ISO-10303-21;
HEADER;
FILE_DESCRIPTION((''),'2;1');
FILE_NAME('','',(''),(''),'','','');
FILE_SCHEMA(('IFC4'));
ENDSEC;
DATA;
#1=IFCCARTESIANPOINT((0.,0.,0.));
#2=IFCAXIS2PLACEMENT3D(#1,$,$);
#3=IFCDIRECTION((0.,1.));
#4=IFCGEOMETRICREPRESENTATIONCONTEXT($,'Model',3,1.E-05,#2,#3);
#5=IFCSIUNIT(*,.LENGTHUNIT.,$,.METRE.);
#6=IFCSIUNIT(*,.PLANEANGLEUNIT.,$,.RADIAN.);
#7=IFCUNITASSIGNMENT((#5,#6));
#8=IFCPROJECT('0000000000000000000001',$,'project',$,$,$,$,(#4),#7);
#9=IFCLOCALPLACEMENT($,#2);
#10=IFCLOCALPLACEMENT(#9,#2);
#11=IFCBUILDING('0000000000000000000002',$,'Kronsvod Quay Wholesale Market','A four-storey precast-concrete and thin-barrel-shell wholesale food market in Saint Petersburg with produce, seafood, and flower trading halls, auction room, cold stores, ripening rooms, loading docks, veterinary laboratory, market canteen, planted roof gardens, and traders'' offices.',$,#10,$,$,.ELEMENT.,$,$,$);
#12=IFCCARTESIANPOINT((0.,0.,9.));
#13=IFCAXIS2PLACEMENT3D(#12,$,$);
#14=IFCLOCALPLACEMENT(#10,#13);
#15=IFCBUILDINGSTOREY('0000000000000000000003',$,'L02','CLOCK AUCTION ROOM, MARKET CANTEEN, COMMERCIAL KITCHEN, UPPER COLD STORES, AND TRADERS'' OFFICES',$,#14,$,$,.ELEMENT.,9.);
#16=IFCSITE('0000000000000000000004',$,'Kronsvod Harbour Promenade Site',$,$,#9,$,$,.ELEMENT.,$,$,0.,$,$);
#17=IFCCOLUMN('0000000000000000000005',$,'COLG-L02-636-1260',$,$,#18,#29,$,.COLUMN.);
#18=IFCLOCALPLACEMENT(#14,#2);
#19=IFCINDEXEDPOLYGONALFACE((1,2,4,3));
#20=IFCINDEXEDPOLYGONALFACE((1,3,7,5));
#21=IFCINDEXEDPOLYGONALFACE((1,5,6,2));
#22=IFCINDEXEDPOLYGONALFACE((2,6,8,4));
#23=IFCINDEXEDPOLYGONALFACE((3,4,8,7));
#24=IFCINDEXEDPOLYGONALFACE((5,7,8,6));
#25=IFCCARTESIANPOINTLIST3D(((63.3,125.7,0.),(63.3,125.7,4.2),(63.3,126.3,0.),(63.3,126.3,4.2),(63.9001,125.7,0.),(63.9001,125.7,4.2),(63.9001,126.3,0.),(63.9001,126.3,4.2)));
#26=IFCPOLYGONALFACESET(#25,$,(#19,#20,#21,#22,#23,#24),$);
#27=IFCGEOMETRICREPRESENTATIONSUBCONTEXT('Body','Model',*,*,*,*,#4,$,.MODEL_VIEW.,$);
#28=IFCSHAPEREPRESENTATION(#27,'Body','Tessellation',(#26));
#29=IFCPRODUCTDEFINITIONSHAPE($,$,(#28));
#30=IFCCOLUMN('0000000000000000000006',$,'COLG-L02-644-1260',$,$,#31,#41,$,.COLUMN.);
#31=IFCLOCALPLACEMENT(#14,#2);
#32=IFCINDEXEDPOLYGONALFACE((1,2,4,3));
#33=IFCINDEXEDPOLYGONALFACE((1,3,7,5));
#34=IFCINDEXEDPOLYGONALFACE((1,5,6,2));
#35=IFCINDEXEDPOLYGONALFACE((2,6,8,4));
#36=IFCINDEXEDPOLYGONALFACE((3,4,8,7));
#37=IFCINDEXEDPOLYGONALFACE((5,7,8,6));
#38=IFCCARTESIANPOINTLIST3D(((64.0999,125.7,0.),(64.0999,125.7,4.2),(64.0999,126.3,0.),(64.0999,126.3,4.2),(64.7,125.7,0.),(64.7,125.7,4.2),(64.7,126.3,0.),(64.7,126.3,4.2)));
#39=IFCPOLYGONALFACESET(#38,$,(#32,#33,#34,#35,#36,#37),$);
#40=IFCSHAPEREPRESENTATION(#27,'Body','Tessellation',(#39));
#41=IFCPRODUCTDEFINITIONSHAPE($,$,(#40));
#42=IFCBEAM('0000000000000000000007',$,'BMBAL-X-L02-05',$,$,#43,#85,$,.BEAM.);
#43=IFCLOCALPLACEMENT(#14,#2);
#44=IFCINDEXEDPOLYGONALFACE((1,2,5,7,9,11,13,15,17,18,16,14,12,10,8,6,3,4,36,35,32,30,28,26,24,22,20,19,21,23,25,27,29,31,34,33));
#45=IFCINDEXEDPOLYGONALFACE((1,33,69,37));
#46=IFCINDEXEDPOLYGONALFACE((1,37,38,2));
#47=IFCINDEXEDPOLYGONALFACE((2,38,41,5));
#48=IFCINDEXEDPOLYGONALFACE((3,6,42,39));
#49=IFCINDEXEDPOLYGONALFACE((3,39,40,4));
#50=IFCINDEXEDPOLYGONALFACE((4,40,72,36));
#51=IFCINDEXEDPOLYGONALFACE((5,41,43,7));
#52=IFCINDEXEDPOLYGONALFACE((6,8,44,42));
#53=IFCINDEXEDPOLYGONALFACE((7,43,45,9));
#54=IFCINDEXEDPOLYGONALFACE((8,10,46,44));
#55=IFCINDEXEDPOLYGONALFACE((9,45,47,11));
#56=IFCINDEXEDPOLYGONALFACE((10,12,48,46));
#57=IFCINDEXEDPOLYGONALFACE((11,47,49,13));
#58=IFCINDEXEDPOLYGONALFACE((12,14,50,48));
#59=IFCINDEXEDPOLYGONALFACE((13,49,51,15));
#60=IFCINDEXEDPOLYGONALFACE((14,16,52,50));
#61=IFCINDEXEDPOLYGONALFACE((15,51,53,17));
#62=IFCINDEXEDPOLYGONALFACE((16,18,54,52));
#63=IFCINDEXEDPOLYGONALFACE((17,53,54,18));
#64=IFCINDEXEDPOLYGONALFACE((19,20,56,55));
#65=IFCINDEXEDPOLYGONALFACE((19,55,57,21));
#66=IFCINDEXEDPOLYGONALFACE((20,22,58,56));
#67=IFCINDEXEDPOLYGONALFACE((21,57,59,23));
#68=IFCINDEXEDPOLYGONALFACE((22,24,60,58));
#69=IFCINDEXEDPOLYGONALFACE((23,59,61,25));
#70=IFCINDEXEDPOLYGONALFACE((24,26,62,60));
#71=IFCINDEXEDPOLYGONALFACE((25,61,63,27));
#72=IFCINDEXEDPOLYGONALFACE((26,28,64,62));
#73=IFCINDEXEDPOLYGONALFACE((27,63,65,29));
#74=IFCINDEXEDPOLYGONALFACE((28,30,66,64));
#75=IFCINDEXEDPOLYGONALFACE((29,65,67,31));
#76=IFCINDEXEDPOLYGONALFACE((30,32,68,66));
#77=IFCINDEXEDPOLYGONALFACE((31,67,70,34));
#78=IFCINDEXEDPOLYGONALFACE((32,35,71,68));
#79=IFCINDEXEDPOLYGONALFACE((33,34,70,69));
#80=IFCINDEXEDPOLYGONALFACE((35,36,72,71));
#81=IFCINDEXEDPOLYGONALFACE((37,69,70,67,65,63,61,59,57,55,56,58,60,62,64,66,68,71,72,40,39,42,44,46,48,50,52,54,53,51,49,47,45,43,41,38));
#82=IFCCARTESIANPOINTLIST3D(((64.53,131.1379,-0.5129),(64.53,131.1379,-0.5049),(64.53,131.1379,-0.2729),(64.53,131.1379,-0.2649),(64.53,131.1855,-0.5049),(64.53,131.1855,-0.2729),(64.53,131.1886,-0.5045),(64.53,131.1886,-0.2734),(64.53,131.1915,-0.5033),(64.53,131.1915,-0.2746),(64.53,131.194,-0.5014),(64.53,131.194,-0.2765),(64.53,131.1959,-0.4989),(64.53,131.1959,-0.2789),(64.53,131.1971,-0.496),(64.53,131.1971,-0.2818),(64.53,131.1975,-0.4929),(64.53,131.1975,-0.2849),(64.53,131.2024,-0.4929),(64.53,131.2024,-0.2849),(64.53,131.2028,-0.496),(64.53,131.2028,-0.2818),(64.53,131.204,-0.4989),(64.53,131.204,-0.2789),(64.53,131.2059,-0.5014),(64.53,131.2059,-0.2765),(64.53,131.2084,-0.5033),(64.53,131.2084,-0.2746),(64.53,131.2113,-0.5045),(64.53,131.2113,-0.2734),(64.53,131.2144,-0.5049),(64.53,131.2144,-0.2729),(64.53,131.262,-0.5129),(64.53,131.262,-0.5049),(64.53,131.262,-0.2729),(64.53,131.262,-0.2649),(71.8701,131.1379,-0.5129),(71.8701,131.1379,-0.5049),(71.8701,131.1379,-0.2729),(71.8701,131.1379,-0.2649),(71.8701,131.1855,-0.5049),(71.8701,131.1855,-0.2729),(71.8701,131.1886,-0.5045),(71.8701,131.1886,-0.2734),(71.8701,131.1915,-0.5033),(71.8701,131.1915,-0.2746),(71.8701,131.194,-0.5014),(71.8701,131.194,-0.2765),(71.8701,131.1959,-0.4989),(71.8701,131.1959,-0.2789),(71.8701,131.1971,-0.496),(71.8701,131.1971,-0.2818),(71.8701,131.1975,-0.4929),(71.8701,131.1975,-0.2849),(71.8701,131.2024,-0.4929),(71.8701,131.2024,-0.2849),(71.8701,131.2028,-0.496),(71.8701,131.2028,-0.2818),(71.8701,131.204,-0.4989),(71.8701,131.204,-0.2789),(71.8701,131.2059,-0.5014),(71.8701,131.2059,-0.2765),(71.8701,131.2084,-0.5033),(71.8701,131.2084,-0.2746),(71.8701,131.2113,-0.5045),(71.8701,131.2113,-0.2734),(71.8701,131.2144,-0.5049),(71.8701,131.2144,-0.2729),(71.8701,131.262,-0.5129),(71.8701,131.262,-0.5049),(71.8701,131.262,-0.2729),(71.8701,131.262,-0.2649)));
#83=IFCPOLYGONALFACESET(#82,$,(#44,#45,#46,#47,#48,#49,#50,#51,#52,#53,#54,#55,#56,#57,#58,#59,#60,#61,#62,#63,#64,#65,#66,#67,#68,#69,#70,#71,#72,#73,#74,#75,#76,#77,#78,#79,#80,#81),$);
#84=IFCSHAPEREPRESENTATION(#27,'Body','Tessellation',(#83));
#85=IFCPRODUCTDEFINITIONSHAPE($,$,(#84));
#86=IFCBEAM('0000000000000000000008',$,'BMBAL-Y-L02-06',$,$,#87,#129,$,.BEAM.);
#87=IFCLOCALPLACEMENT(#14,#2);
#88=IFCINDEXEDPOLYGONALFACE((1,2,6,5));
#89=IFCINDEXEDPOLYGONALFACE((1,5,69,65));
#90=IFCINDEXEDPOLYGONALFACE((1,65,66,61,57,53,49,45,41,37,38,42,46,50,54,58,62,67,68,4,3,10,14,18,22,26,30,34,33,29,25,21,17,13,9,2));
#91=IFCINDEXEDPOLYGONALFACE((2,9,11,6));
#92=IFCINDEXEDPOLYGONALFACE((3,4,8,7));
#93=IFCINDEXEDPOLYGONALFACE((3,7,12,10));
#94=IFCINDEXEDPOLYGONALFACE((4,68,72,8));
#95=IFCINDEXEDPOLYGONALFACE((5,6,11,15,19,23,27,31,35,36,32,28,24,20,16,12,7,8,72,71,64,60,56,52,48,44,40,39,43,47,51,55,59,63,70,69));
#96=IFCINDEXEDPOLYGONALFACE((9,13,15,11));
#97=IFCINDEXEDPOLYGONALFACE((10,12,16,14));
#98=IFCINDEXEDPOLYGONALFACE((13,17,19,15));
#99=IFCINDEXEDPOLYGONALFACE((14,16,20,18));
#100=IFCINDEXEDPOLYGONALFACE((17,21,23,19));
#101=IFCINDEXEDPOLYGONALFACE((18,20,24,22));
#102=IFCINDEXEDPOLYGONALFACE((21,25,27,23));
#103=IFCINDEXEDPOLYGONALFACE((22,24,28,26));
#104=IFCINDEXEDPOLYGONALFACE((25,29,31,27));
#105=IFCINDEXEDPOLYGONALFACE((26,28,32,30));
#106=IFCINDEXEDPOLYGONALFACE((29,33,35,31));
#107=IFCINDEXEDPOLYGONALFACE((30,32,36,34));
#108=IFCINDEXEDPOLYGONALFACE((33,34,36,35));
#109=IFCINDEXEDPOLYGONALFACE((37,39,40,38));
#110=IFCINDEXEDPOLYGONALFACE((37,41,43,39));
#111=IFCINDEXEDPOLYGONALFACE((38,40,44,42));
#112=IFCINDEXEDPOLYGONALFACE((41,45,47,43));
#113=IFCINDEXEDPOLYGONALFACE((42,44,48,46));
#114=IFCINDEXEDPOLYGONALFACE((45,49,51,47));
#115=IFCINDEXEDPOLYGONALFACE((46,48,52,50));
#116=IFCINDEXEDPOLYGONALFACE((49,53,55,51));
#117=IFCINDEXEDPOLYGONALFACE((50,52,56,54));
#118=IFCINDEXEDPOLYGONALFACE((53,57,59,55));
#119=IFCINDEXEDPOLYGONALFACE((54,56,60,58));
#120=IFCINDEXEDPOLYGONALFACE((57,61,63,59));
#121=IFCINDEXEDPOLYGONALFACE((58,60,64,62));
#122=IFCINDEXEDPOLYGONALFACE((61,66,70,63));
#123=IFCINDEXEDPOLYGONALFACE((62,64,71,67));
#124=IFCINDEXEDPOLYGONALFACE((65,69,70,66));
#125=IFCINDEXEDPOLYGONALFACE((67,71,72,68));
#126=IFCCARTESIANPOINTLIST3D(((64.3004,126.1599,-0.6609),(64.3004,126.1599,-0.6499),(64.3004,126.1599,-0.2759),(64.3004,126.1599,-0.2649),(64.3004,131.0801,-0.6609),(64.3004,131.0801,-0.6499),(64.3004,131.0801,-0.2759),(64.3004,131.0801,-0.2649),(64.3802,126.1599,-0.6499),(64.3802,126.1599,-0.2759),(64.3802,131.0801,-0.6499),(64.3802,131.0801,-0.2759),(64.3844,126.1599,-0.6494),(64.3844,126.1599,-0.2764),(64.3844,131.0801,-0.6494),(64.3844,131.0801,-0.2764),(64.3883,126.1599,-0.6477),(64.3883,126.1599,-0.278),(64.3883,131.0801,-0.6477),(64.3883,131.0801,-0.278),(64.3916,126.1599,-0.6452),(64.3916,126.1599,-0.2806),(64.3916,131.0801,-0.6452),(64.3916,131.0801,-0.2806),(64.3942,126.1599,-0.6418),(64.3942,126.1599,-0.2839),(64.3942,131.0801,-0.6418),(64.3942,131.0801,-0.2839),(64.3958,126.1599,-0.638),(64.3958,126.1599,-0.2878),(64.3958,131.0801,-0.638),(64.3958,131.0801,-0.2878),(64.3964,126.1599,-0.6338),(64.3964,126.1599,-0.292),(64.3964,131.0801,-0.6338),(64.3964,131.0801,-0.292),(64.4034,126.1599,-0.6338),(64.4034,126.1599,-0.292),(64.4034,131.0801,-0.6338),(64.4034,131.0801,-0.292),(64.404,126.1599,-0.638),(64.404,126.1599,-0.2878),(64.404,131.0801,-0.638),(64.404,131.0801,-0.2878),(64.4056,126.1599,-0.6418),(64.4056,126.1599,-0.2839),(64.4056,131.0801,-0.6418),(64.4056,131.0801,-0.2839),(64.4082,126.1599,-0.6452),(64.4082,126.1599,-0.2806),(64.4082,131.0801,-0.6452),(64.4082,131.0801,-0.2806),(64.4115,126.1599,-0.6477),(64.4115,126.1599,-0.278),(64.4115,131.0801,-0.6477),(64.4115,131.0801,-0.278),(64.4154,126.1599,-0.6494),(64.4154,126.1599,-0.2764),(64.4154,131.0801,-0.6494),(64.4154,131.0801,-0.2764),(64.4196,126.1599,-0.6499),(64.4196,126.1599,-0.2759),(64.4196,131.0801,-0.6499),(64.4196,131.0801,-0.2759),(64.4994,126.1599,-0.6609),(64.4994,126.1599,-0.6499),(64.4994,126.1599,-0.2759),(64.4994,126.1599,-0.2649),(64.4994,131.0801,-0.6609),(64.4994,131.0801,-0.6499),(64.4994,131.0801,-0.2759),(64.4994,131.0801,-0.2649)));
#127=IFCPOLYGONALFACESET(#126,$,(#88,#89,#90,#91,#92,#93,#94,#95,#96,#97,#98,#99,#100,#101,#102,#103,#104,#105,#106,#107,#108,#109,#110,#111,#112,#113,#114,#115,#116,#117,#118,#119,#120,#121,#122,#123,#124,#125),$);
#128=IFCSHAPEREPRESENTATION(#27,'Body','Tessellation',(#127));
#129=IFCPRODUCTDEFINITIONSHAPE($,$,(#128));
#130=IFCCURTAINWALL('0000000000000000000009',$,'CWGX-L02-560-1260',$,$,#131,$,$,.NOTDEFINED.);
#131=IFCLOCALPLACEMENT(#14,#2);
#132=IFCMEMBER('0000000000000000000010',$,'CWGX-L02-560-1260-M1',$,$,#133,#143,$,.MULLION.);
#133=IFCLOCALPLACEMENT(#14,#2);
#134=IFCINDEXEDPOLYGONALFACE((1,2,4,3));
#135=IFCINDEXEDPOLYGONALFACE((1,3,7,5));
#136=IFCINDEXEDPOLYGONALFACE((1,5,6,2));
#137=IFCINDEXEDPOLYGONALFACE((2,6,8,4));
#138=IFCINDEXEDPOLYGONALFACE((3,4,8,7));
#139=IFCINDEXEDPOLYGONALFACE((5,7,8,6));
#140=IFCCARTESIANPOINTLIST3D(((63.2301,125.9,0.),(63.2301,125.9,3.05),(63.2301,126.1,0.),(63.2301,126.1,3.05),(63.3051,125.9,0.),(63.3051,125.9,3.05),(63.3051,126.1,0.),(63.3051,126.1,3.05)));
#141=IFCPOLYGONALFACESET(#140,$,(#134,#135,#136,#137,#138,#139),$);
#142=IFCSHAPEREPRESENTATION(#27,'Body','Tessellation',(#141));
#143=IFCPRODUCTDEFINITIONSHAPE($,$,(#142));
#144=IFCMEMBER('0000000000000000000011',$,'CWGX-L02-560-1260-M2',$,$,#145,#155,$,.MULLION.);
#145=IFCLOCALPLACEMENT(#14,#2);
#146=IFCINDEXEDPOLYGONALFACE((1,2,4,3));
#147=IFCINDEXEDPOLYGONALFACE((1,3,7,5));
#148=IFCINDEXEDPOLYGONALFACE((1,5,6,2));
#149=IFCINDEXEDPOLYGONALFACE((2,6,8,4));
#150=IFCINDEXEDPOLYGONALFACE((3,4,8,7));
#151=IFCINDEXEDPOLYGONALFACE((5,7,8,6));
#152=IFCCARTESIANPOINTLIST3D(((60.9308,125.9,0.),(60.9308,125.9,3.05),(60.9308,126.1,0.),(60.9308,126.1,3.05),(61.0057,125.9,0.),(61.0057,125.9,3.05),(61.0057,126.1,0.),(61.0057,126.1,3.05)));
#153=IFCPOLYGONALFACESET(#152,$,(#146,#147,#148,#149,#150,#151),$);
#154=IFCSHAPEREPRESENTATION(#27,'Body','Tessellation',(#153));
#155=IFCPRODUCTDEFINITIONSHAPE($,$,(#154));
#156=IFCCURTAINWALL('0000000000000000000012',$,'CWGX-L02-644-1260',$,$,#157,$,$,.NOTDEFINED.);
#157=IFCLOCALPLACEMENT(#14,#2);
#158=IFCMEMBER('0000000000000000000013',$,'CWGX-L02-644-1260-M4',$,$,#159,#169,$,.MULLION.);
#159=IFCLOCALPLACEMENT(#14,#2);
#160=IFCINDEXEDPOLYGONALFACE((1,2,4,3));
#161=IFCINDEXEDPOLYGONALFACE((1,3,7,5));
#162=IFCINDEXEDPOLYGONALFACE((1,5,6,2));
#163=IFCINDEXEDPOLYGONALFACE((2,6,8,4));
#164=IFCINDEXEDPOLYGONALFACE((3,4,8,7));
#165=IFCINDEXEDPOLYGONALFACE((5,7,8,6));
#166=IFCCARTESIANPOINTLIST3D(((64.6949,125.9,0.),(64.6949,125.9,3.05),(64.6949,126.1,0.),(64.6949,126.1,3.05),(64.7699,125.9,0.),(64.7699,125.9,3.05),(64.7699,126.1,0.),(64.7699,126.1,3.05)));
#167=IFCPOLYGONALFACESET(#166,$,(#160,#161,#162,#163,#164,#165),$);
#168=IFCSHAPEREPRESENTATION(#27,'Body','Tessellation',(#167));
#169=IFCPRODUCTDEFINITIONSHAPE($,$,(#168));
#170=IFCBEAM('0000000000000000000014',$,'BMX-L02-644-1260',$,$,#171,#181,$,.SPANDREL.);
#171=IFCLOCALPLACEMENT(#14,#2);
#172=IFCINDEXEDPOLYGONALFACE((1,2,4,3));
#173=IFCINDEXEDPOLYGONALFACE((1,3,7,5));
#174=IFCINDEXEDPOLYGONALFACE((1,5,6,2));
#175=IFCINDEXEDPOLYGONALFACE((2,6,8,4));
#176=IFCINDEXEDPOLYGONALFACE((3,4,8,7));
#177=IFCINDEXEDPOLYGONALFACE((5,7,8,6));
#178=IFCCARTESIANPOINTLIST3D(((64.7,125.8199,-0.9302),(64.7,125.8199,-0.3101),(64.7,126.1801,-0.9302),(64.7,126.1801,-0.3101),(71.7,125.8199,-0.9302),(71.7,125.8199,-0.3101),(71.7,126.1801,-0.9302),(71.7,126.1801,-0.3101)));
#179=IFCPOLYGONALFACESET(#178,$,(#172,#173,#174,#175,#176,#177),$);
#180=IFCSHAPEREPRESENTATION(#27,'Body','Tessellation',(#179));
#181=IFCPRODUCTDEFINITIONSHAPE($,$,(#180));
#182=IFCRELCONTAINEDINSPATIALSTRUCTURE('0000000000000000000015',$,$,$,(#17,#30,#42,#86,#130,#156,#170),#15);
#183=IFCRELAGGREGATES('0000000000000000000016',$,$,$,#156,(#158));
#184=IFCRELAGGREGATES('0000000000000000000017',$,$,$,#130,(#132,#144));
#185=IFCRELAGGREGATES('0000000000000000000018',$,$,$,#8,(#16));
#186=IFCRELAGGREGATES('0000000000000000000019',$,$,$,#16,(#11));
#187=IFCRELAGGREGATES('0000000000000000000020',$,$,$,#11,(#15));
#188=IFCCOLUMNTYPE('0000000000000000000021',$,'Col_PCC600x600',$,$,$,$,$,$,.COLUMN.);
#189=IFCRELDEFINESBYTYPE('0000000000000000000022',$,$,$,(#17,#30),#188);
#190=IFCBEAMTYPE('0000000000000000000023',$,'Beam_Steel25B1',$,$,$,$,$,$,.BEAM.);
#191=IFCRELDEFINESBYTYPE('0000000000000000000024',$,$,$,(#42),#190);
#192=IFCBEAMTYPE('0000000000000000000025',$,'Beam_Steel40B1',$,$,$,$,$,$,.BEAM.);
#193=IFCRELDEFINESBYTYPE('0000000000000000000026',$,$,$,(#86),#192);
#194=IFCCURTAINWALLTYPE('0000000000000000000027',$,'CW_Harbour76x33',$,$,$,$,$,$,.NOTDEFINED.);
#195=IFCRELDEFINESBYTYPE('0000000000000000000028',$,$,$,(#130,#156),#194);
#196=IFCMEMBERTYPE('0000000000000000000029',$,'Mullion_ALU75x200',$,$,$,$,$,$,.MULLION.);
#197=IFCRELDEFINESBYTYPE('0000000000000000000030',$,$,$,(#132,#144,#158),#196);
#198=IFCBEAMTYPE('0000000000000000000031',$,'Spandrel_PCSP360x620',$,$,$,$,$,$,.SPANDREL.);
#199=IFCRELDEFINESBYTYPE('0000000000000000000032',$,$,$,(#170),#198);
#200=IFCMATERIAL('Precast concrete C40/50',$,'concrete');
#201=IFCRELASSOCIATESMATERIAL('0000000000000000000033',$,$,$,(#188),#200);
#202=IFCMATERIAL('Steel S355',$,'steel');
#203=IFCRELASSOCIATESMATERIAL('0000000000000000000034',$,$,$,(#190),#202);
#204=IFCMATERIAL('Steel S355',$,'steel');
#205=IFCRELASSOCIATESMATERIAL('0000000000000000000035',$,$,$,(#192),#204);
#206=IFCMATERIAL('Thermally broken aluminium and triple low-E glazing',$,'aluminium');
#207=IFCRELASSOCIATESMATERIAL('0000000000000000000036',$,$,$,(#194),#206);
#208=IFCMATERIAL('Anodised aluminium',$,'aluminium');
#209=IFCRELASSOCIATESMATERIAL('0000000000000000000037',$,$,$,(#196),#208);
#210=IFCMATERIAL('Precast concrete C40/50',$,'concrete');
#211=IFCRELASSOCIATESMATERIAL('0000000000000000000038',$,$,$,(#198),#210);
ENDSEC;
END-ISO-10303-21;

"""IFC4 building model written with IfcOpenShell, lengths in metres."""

from ifc_helpers import new_model, si_unit, direction, frame, origin, origin_2d, place, context, subcontext, project, spatial, rectangle, i_section, extrude, material, material_profile, profile_set, type_object, element, aggregate, save


model = new_model("IFC4")

# Units and contexts
model_context = context("Model", 3, precision=1e-05, world=origin(), true_north=direction((0.0, 1.0)))
body_context = subcontext(model_context, "Body", "Model", "MODEL_VIEW")
ifc_project = project(units=[si_unit("LENGTHUNIT", "METRE"), si_unit("PLANEANGLEUNIT", "RADIAN")], contexts=[model_context])

# Site, building, storey
site_placement = place(None, origin())
site = spatial("IfcSite", under=ifc_project, at=site_placement, Name="Kronsvod Harbour Promenade Site", CompositionType="ELEMENT", RefElevation=0.0)
building_placement = place(site_placement, origin())
building = spatial("IfcBuilding", under=site, at=building_placement, Name="Kronsvod Quay Wholesale Market", Description="A four-storey precast-concrete and thin-barrel-shell wholesale food market in Saint Petersburg with produce, seafood, and flower trading halls, auction room, cold stores, ripening rooms, loading docks, veterinary laboratory, market canteen, planted roof gardens, and traders' offices.", CompositionType="ELEMENT")
storey_placement = place(building_placement, frame((0.0, 0.0, 9.0)))
storey = spatial("IfcBuildingStorey", under=building, at=storey_placement, Name="L02", Description="CLOCK AUCTION ROOM, MARKET CANTEEN, COMMERCIAL KITCHEN, UPPER COLD STORES, AND TRADERS' OFFICES", CompositionType="ELEMENT", Elevation=9.0)

# Columns
ifc_material_1 = material(Name="Precast concrete C40/50", Category="concrete")
ifc_material_profile_1 = material_profile(ifc_material_1, rectangle(XDim=0.6001, YDim=0.6001, at=origin_2d()), Name="PCC600x600")
ifc_profile_set_1 = profile_set([ifc_material_profile_1], Name="Precast concrete C40/50")
column_type = type_object("IfcColumnType", Name="Col_PCC600x600", PredefinedType="COLUMN", material=ifc_profile_set_1)
for number, where, z_axis, x_axis, name in (
    (1, (63.6001, 126.0, 0.0), (0.0, 0.0, 1.0), (1.0, 0.0, 0.0), "COLG-L02-636-1260"),
    (2, (64.3999, 126.0, 0.0), (0.0, 0.0, 1.0), (1.0, 0.0, 0.0), "COLG-L02-644-1260"),
):
    element("IfcColumn", number, at=place(storey_placement, frame(where, z_axis=z_axis, x_axis=x_axis)), inside=storey, type_object=column_type, Name=name, PredefinedType="COLUMN", context=body_context, shape_type="SweptSolid", body=[
        extrude(rectangle(XDim=0.6001, YDim=0.6001, at=origin_2d()), origin(), (0.0, 0.0, 1.0), 4.2),
    ])

# Beams
ifc_material_2 = material(Name="Steel S355", Category="steel")
ifc_material_profile_2 = material_profile(ifc_material_2, i_section(OverallWidth=0.124, OverallDepth=0.248, WebThickness=0.0049, FlangeThickness=0.0081, FilletRadius=0.012, at=origin_2d()), Name="25B1")
ifc_profile_set_2 = profile_set([ifc_material_profile_2], Name="Steel S355")
beam_type_1 = type_object("IfcBeamType", Name="Beam_Steel25B1", PredefinedType="BEAM", material=ifc_profile_set_2)
beam_1_placement = place(storey_placement, frame((64.53, 131.2, -0.3889), z_axis=(1.0, 0.0, 0.0), x_axis=(0.0, 1.0, 0.0)))
element("IfcBeam", 3, at=beam_1_placement, inside=storey, type_object=beam_type_1, Name="BMBAL-X-L02-05", PredefinedType="BEAM", context=body_context, shape_type="SweptSolid", body=[
    extrude(i_section(OverallWidth=0.124, OverallDepth=0.248, WebThickness=0.0049, FlangeThickness=0.0081, FilletRadius=0.012, at=origin_2d()), origin(), (0.0, 0.0, 1.0), 7.3401),
])
ifc_material_3 = material(Name="Steel S355", Category="steel")
ifc_material_profile_3 = material_profile(ifc_material_3, i_section(OverallWidth=0.199, OverallDepth=0.396, WebThickness=0.0071, FlangeThickness=0.011, FilletRadius=0.0161, at=origin_2d()), Name="40B1")
ifc_profile_set_3 = profile_set([ifc_material_profile_3], Name="Steel S355")
beam_type_2 = type_object("IfcBeamType", Name="Beam_Steel40B1", PredefinedType="BEAM", material=ifc_profile_set_3)
beam_2_placement = place(storey_placement, frame((64.3999, 126.1599, -0.4629), z_axis=(0.0, 1.0, 0.0), x_axis=(-1.0, 0.0, 0.0)))
element("IfcBeam", 4, at=beam_2_placement, inside=storey, type_object=beam_type_2, Name="BMBAL-Y-L02-06", PredefinedType="BEAM", context=body_context, shape_type="SweptSolid", body=[
    extrude(i_section(OverallWidth=0.199, OverallDepth=0.396, WebThickness=0.0071, FlangeThickness=0.011, FilletRadius=0.0161, at=origin_2d()), origin(), (0.0, 0.0, 1.0), 4.9202),
])

# Curtain wall, members
ifc_material_4 = material(Name="Thermally broken aluminium and triple low-E glazing", Category="aluminium")
curtain_wall_type = type_object("IfcCurtainWallType", Name="CW_Harbour76x33", PredefinedType="NOTDEFINED", material=ifc_material_4)
curtain_wall_1_placement = place(storey_placement, origin())
curtain_wall_1 = element("IfcCurtainWall", 5, at=curtain_wall_1_placement, inside=storey, type_object=curtain_wall_type, Name="CWGX-L02-560-1260", PredefinedType="NOTDEFINED")
ifc_material_5 = material(Name="Anodised aluminium", Category="aluminium")
ifc_material_profile_4 = material_profile(ifc_material_5, rectangle(XDim=0.075, YDim=0.2, at=origin_2d()), Name="ALUM75x200")
ifc_profile_set_4 = profile_set([ifc_material_profile_4], Name="Anodised aluminium")
member_type_1 = type_object("IfcMemberType", Name="Mullion_ALU75x200", PredefinedType="MULLION", material=ifc_profile_set_4)
member_1_placement = place(storey_placement, frame((63.2676, 126.0, 0.0), z_axis=(0.0, 0.0, 1.0), x_axis=(1.0, 0.0, 0.0)))
member_1 = element("IfcMember", 6, at=member_1_placement, type_object=member_type_1, Name="CWGX-L02-560-1260-M1", PredefinedType="MULLION", context=body_context, shape_type="SweptSolid", body=[
    extrude(rectangle(XDim=0.075, YDim=0.2, at=origin_2d()), origin(), (0.0, 0.0, 1.0), 3.05),
])
member_2_placement = place(storey_placement, frame((60.9683, 126.0, 0.0), z_axis=(0.0, 0.0, 1.0), x_axis=(1.0, 0.0, 0.0)))
member_2 = element("IfcMember", 7, at=member_2_placement, type_object=member_type_1, Name="CWGX-L02-560-1260-M2", PredefinedType="MULLION", context=body_context, shape_type="SweptSolid", body=[
    extrude(rectangle(XDim=0.075, YDim=0.2, at=origin_2d()), origin(), (0.0, 0.0, 1.0), 3.05),
])

# Curtain wall, member
curtain_wall_2_placement = place(storey_placement, origin())
curtain_wall_2 = element("IfcCurtainWall", 8, at=curtain_wall_2_placement, inside=storey, type_object=curtain_wall_type, Name="CWGX-L02-644-1260", PredefinedType="NOTDEFINED")
member_3_placement = place(storey_placement, frame((64.7324, 126.0, 0.0), z_axis=(0.0, 0.0, 1.0), x_axis=(1.0, 0.0, 0.0)))
member_3 = element("IfcMember", 9, at=member_3_placement, type_object=member_type_1, Name="CWGX-L02-644-1260-M4", PredefinedType="MULLION", context=body_context, shape_type="SweptSolid", body=[
    extrude(rectangle(XDim=0.075, YDim=0.2, at=origin_2d()), origin(), (0.0, 0.0, 1.0), 3.05),
])

# Beam
ifc_material_6 = material(Name="Precast concrete C40/50", Category="concrete")
ifc_material_profile_5 = material_profile(ifc_material_6, rectangle(XDim=0.3601, YDim=0.6201, at=origin_2d()), Name="SPB-02")
ifc_profile_set_5 = profile_set([ifc_material_profile_5], Name="Precast concrete C40/50")
beam_type_3 = type_object("IfcBeamType", Name="Spandrel_PCSP360x620", PredefinedType="SPANDREL", material=ifc_profile_set_5)
beam_3_placement = place(storey_placement, frame((64.7, 126.0, -0.6201), z_axis=(1.0, 0.0, 0.0), x_axis=(0.0, 1.0, 0.0)))
element("IfcBeam", 10, at=beam_3_placement, inside=storey, type_object=beam_type_3, Name="BMX-L02-644-1260", PredefinedType="SPANDREL", context=body_context, shape_type="SweptSolid", body=[
    extrude(rectangle(XDim=0.3601, YDim=0.6201, at=origin_2d()), origin(), (0.0, 0.0, 1.0), 7.0),
])

aggregate(curtain_wall_2, [member_3])
aggregate(curtain_wall_1, [member_1, member_2])

save(model, "model.ifc")
